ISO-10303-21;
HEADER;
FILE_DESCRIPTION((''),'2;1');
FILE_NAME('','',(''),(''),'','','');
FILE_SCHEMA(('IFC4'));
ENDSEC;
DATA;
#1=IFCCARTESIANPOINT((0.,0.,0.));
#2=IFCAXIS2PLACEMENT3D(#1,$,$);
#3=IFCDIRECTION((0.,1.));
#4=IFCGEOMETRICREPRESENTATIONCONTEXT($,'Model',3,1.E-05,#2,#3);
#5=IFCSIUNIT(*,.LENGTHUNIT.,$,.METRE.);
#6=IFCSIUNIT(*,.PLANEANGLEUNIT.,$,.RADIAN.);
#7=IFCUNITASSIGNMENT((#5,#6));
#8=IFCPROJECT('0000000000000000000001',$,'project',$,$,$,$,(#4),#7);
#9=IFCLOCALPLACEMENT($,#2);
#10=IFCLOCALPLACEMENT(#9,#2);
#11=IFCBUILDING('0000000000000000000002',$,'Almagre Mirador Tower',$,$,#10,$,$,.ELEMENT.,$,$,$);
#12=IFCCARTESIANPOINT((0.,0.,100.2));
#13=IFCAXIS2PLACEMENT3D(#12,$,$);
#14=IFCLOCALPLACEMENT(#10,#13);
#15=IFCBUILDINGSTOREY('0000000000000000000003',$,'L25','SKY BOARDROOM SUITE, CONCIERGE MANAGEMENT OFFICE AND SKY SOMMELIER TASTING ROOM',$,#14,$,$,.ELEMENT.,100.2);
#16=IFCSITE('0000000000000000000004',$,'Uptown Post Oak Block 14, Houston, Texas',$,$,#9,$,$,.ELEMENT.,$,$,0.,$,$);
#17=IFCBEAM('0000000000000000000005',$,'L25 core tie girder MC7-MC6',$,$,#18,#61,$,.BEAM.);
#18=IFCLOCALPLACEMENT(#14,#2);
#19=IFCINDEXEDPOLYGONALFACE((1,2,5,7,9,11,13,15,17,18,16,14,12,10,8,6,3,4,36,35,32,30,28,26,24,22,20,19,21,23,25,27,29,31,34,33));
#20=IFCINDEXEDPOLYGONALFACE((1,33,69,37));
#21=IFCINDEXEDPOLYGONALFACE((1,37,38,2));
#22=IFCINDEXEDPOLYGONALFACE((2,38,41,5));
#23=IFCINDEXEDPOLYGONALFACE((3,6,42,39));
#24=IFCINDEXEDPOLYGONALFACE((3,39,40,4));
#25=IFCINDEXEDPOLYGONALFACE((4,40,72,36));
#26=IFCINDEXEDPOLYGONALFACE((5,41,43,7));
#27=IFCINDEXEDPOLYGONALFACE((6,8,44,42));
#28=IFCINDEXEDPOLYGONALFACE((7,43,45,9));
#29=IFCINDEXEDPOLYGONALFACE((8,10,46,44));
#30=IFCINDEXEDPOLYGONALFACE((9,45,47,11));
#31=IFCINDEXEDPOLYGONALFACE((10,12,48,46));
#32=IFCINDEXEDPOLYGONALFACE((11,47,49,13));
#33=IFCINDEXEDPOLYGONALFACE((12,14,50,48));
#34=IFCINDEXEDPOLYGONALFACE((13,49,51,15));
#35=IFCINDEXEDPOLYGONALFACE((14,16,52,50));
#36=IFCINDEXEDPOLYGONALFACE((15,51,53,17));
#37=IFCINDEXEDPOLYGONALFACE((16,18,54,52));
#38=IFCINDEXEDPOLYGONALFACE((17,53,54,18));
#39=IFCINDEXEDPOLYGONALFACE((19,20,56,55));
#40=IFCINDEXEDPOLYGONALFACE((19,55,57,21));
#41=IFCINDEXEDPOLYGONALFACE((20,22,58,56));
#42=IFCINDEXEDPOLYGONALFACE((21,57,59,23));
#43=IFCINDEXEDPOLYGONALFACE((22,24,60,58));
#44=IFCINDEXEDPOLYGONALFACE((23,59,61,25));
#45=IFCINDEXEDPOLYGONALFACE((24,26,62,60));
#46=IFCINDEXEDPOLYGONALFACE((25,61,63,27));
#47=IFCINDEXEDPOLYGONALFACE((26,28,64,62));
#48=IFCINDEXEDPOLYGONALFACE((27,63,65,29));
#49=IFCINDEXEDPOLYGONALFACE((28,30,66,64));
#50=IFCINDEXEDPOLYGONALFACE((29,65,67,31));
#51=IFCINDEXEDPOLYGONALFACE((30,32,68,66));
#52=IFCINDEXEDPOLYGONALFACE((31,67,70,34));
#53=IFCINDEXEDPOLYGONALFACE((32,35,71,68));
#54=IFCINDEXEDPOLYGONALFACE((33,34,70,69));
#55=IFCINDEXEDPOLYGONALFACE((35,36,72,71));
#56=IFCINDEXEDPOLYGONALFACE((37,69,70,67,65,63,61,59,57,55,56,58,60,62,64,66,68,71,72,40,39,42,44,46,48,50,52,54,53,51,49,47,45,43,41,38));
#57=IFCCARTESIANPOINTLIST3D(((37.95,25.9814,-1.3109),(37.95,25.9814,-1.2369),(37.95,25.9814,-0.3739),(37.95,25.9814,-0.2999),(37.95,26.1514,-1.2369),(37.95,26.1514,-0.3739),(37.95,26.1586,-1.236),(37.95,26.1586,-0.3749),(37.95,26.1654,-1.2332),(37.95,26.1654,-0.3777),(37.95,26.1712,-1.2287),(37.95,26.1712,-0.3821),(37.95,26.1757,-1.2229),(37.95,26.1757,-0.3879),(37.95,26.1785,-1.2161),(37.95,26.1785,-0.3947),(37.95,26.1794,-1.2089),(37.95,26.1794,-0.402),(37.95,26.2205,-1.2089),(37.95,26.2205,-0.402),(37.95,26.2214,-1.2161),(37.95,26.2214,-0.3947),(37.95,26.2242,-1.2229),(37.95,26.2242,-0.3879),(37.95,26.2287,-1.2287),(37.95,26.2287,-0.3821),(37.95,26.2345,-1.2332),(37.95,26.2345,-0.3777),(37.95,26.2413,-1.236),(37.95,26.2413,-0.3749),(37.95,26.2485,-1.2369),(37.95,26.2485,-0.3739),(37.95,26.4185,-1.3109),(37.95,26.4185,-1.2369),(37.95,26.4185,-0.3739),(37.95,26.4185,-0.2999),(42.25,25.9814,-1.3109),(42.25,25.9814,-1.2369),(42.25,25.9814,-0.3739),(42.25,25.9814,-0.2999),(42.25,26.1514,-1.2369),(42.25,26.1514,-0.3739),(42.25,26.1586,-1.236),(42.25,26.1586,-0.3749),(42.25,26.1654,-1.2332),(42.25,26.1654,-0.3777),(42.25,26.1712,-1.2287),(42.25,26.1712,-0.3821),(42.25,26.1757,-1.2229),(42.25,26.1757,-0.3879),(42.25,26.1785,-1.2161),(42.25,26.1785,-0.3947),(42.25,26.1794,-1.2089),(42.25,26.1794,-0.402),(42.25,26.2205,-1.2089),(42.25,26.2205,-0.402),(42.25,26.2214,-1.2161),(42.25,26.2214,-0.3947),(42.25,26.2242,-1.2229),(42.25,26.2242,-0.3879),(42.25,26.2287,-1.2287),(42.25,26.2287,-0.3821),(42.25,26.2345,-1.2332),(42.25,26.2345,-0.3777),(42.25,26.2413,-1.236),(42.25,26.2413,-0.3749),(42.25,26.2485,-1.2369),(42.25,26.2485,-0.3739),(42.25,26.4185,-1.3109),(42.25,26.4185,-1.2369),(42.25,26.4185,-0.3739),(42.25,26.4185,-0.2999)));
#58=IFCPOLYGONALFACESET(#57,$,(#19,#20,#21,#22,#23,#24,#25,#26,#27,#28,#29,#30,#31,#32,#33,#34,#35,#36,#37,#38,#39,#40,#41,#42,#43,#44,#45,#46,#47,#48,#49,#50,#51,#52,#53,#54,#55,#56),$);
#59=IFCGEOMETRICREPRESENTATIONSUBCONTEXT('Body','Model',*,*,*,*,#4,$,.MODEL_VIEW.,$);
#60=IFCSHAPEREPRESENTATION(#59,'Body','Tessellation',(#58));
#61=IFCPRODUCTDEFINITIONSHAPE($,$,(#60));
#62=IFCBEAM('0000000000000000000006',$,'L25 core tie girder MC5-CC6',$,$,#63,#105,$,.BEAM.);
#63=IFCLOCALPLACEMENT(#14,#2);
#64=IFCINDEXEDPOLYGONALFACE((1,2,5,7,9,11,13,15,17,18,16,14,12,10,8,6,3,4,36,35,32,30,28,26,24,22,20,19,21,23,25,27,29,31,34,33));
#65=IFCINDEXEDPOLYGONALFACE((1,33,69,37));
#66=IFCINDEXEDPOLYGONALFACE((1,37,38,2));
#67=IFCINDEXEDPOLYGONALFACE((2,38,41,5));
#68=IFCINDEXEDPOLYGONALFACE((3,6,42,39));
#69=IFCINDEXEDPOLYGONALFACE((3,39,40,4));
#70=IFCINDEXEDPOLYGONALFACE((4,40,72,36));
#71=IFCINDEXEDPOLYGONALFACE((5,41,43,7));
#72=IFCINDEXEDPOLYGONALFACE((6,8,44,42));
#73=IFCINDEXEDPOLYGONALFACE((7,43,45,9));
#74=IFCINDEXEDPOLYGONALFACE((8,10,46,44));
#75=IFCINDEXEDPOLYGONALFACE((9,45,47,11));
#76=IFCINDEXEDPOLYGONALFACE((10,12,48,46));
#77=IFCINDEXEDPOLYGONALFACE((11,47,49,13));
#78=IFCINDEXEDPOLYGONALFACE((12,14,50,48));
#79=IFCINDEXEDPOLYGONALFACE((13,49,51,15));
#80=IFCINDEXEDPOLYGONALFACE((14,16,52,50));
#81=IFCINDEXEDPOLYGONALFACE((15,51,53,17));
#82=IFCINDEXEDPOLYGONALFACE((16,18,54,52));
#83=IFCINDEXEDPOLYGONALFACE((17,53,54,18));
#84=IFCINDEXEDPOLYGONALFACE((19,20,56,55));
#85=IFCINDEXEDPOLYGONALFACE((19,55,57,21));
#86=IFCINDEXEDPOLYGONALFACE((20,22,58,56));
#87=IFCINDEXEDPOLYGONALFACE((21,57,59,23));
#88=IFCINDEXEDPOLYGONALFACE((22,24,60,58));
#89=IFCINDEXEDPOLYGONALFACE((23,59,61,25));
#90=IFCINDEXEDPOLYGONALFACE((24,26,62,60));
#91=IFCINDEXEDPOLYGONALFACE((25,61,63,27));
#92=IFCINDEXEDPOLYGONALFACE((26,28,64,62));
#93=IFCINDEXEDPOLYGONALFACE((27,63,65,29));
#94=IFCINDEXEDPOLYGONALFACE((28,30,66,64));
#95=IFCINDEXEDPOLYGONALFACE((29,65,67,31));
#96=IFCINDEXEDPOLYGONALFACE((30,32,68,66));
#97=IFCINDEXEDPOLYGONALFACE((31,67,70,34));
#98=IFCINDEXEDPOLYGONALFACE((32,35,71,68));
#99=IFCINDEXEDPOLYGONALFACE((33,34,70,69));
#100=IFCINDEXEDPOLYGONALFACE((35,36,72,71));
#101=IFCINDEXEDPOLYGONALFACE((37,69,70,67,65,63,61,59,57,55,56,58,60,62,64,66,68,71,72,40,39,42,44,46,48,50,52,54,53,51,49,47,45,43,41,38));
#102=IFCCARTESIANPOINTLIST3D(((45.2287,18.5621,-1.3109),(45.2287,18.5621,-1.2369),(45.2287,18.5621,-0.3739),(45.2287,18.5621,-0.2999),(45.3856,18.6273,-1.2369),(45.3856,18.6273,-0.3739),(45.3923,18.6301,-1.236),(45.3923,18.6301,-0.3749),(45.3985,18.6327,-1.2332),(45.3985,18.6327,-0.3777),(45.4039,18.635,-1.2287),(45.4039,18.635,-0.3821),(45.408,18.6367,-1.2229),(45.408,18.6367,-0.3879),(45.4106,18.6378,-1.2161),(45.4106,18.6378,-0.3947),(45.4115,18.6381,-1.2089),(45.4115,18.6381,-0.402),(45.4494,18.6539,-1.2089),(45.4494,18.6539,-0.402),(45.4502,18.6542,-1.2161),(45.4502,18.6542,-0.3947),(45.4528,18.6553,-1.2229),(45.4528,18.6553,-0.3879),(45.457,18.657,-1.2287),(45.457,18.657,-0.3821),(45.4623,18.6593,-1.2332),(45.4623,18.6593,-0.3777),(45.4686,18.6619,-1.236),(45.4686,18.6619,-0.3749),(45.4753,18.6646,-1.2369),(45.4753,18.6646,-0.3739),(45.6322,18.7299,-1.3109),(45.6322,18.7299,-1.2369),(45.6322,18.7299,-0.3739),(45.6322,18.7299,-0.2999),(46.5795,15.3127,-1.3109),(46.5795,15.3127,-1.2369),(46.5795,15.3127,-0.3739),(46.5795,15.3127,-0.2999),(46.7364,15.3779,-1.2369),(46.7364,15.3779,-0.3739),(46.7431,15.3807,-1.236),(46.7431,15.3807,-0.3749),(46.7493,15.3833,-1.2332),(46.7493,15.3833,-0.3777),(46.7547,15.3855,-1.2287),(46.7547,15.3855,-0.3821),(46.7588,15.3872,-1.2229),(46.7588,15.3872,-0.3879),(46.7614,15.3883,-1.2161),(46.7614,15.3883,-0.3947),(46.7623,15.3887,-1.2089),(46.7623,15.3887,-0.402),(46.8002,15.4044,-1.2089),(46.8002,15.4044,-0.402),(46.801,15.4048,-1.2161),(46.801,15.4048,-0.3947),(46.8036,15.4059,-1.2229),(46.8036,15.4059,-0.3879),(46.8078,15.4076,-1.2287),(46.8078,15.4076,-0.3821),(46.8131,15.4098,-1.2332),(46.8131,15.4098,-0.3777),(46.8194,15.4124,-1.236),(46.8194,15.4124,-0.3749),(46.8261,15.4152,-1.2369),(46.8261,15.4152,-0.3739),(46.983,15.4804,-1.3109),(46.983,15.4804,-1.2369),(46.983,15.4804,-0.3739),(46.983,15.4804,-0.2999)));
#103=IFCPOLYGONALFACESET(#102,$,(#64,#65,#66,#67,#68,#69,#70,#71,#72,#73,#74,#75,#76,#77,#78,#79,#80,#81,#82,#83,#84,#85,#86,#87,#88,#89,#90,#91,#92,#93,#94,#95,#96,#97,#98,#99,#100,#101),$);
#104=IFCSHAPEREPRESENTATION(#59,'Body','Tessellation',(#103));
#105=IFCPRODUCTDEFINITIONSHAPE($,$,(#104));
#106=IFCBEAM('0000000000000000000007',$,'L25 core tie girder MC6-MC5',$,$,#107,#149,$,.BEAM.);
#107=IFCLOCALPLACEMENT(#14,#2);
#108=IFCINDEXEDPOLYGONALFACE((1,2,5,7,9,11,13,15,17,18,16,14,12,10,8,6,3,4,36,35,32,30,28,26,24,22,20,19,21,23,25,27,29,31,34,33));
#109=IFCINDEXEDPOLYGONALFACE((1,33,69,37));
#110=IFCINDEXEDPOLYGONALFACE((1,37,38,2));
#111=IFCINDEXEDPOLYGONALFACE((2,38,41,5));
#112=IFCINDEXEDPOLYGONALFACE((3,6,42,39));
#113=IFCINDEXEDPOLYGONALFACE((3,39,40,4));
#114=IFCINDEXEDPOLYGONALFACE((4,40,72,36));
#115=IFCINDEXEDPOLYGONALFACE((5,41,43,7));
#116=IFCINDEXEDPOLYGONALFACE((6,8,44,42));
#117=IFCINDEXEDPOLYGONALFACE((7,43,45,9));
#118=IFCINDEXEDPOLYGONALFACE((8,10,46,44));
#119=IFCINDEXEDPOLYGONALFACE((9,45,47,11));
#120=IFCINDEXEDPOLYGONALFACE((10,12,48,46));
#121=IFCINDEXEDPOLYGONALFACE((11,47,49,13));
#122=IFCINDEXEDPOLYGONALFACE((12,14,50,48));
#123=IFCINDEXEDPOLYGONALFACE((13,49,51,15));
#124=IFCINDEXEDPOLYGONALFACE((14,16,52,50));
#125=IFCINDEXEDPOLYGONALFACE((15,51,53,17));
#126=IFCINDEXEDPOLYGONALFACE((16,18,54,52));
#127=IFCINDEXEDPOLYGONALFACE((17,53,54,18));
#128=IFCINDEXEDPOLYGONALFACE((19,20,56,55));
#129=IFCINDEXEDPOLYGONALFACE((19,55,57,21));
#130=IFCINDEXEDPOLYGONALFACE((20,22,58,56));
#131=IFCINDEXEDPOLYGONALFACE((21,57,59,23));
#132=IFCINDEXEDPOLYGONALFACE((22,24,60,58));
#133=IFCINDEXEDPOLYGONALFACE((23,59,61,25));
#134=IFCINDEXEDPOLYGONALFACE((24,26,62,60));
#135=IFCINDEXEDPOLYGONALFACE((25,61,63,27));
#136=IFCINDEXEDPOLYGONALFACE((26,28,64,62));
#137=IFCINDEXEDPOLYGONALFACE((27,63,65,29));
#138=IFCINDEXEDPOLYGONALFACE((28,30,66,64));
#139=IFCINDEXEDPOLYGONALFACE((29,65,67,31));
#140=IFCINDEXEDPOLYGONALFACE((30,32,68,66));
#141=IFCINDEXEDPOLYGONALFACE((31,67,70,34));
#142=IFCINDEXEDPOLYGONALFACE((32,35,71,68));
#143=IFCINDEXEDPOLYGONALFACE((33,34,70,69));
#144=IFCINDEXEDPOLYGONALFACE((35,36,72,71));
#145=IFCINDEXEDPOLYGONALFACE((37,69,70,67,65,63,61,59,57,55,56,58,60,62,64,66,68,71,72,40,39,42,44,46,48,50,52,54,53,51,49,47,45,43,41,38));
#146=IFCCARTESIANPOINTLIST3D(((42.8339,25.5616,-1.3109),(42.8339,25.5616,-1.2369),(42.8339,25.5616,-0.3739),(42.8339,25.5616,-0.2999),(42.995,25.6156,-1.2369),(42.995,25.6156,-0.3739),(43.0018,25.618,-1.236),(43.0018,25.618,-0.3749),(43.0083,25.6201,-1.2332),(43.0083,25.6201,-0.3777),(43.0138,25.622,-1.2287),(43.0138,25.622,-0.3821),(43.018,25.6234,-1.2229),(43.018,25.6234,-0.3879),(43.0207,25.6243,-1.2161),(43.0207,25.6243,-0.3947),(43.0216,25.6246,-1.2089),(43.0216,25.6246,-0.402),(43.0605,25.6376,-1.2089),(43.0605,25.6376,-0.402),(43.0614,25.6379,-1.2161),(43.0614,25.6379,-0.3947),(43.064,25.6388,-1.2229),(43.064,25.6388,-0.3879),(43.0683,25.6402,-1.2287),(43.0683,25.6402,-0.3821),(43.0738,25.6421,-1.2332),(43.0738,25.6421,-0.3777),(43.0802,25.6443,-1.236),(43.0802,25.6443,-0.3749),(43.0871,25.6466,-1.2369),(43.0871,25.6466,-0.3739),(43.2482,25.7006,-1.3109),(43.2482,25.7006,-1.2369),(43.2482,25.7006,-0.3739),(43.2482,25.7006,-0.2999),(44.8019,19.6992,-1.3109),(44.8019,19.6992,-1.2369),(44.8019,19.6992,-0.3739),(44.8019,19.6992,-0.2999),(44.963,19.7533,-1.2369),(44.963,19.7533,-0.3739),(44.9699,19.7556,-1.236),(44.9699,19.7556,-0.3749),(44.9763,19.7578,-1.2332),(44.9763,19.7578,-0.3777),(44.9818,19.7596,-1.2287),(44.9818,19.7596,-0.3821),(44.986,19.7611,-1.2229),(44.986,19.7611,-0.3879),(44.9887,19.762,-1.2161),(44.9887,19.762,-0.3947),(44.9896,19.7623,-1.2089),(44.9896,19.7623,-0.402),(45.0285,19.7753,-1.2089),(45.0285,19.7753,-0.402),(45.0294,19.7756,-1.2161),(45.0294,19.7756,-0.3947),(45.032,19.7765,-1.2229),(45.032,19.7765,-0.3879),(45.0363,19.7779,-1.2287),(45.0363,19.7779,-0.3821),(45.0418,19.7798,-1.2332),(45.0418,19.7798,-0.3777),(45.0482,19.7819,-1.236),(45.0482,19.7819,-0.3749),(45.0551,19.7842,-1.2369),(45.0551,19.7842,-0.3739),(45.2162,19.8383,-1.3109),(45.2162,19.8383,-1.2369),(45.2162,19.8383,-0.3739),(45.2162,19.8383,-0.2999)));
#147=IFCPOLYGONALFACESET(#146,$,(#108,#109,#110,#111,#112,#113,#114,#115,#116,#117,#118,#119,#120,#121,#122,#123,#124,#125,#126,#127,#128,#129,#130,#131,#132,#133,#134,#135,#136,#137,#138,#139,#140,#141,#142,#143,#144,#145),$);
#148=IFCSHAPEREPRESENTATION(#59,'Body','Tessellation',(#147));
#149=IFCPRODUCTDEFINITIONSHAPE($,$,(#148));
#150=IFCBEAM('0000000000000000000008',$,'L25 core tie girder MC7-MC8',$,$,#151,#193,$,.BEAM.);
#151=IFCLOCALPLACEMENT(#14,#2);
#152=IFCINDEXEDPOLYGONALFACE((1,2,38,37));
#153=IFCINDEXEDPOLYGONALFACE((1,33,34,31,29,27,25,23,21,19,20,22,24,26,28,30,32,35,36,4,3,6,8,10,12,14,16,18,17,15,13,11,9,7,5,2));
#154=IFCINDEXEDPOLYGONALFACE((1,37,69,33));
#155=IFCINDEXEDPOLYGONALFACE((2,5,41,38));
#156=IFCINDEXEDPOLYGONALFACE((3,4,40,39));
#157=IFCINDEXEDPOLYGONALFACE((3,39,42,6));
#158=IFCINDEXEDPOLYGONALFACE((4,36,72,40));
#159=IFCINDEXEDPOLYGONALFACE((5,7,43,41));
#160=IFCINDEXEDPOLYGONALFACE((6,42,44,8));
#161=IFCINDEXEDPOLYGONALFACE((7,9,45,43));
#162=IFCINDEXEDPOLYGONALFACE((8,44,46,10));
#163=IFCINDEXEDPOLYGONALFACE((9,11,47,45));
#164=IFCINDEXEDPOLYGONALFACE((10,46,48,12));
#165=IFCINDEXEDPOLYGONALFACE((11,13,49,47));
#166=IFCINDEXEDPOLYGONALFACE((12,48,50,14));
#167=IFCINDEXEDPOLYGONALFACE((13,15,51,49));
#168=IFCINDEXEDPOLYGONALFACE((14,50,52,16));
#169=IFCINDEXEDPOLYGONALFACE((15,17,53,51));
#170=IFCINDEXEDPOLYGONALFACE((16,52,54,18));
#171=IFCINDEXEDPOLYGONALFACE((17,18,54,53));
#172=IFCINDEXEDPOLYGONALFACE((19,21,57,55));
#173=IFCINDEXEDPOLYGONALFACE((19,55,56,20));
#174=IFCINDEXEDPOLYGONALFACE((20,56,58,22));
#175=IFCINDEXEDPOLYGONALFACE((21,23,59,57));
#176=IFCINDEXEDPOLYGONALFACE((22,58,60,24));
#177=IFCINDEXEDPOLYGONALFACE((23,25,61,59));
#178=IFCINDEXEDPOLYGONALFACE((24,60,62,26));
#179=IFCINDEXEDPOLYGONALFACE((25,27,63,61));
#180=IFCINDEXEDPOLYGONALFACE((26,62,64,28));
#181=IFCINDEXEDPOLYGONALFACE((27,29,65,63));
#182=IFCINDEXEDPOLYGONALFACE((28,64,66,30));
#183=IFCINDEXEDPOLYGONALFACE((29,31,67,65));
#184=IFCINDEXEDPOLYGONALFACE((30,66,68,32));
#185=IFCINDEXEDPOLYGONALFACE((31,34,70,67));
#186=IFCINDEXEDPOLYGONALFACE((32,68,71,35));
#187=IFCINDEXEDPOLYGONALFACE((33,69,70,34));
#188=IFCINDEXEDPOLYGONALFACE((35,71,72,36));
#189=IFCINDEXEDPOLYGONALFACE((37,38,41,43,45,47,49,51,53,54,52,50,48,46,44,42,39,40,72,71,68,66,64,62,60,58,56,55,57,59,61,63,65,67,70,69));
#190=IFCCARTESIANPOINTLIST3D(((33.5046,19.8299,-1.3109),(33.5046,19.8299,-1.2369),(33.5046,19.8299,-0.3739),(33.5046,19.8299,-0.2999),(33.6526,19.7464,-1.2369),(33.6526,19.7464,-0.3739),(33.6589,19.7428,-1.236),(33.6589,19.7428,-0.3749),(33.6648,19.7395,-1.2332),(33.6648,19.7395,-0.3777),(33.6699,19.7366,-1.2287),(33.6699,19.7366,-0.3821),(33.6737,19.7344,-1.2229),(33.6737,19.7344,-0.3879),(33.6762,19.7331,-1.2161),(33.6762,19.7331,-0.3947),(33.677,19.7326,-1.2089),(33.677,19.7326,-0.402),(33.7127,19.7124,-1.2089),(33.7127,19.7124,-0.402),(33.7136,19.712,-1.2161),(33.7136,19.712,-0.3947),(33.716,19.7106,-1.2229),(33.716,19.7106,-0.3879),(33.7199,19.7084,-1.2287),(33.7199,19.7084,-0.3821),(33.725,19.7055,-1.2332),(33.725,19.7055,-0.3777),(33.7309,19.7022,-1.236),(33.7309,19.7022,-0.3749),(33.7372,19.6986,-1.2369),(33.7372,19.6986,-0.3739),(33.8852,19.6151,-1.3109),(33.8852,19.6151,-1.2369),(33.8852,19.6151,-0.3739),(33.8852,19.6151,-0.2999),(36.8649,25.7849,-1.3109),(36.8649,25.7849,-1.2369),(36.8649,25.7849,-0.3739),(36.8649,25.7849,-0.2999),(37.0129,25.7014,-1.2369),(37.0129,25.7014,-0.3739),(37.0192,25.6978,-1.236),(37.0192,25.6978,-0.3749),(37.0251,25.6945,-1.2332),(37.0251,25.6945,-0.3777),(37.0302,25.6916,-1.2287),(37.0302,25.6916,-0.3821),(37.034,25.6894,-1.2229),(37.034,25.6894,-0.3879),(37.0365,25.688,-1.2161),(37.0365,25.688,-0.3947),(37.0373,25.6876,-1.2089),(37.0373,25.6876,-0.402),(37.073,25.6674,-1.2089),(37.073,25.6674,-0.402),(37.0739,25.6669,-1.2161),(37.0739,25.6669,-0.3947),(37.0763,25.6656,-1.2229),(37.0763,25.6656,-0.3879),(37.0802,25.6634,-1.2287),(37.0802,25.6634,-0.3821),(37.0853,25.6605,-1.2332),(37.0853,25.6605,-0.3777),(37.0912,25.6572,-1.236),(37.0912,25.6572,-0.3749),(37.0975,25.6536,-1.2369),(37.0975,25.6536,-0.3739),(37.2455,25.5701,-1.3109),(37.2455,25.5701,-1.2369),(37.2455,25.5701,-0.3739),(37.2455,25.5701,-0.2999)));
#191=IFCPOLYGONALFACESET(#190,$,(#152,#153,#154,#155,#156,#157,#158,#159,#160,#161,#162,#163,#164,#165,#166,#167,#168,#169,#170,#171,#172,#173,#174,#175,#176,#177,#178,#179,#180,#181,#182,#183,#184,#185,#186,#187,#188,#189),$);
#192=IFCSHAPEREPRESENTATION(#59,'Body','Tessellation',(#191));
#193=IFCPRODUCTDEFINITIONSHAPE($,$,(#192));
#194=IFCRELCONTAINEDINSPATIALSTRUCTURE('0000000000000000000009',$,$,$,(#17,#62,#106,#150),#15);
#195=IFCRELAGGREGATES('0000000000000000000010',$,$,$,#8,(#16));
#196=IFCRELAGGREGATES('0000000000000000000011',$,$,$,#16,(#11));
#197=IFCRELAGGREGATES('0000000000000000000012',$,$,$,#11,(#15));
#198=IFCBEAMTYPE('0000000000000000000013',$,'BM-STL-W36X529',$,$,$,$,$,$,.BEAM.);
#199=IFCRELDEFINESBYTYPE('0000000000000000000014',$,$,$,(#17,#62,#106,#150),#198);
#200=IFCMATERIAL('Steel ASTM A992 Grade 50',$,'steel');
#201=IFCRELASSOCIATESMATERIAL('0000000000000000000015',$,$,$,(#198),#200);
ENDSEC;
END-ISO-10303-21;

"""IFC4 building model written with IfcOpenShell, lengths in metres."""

from ifc_helpers import new_model, si_unit, direction, frame, origin, origin_2d, place, context, subcontext, project, spatial, i_section, extrude, material, material_profile, profile_set, type_object, element, save


model = new_model("IFC4")

# Units and contexts
model_context = context("Model", 3, precision=1e-05, world=origin(), true_north=direction((0.0, 1.0)))
body_context = subcontext(model_context, "Body", "Model", "MODEL_VIEW")
ifc_project = project(units=[si_unit("LENGTHUNIT", "METRE"), si_unit("PLANEANGLEUNIT", "RADIAN")], contexts=[model_context])

# Site, building, storey
site_placement = place(None, origin())
site = spatial("IfcSite", under=ifc_project, at=site_placement, Name="Uptown Post Oak Block 14, Houston, Texas", CompositionType="ELEMENT", RefElevation=0.0)
building_placement = place(site_placement, origin())
building = spatial("IfcBuilding", under=site, at=building_placement, Name="Almagre Mirador Tower", CompositionType="ELEMENT")
storey_placement = place(building_placement, frame((0.0, 0.0, 100.2)))
storey = spatial("IfcBuildingStorey", under=building, at=storey_placement, Name="L25", Description="SKY BOARDROOM SUITE, CONCIERGE MANAGEMENT OFFICE AND SKY SOMMELIER TASTING ROOM", CompositionType="ELEMENT", Elevation=100.2)

# Beams
ifc_material_1 = material(Name="Steel ASTM A992 Grade 50", Category="steel")
ifc_material_profile_1 = material_profile(ifc_material_1, i_section(OverallWidth=0.437, OverallDepth=1.011, WebThickness=0.041, FlangeThickness=0.074, FilletRadius=0.0281, at=origin_2d()), Name="W36X529")
ifc_profile_set_1 = profile_set([ifc_material_profile_1], Name="Steel ASTM A992 Grade 50")
beam_type_1 = type_object("IfcBeamType", Name="BM-STL-W36X529", PredefinedType="BEAM", material=ifc_profile_set_1)
beam_1_placement = place(storey_placement, frame((37.95, 26.2, -0.8054), z_axis=(1.0, 0.0, 0.0), x_axis=(0.0, 1.0, 0.0)))
element("IfcBeam", 1, at=beam_1_placement, inside=storey, type_object=beam_type_1, Name="L25 core tie girder MC7-MC6", PredefinedType="BEAM", context=body_context, shape_type="SweptSolid", body=[
    extrude(i_section(OverallWidth=0.437, OverallDepth=1.011, WebThickness=0.041, FlangeThickness=0.074, FilletRadius=0.0281, at=origin_2d()), origin(), (0.0, 0.0, 1.0), 4.3),
])
beam_2_placement = place(storey_placement, frame((45.4304, 18.646, -0.8054), z_axis=(0.383857, -0.923393, 0.0), x_axis=(0.923393, 0.383857, 0.0)))
element("IfcBeam", 2, at=beam_2_placement, inside=storey, type_object=beam_type_1, Name="L25 core tie girder MC5-CC6", PredefinedType="BEAM", context=body_context, shape_type="SweptSolid", body=[
    extrude(i_section(OverallWidth=0.437, OverallDepth=1.011, WebThickness=0.041, FlangeThickness=0.074, FilletRadius=0.0281, at=origin_2d()), origin(), (0.0, 0.0, 1.0), 3.519),
])
beam_3_placement = place(storey_placement, frame((43.041, 25.6311, -0.8054), z_axis=(0.318252, -0.948006, 0.0), x_axis=(0.948006, 0.318252, 0.0)))
element("IfcBeam", 3, at=beam_3_placement, inside=storey, type_object=beam_type_1, Name="L25 core tie girder MC6-MC5", PredefinedType="BEAM", context=body_context, shape_type="SweptSolid", body=[
    extrude(i_section(OverallWidth=0.437, OverallDepth=1.011, WebThickness=0.041, FlangeThickness=0.074, FilletRadius=0.0281, at=origin_2d()), origin(), (0.0, 0.0, 1.0), 6.1838),
])
beam_4_placement = place(storey_placement, frame((37.0552, 25.6775, -0.8054), z_axis=(-0.491441, -0.870911, 0.0), x_axis=(0.870911, -0.491441, 0.0)))
element("IfcBeam", 4, at=beam_4_placement, inside=storey, type_object=beam_type_1, Name="L25 core tie girder MC7-MC8", PredefinedType="BEAM", context=body_context, shape_type="SweptSolid", body=[
    extrude(i_section(OverallWidth=0.437, OverallDepth=1.011, WebThickness=0.041, FlangeThickness=0.074, FilletRadius=0.0281, at=origin_2d()), origin(), (0.0, 0.0, 1.0), 6.8376),
])

save(model, "model.ifc")
